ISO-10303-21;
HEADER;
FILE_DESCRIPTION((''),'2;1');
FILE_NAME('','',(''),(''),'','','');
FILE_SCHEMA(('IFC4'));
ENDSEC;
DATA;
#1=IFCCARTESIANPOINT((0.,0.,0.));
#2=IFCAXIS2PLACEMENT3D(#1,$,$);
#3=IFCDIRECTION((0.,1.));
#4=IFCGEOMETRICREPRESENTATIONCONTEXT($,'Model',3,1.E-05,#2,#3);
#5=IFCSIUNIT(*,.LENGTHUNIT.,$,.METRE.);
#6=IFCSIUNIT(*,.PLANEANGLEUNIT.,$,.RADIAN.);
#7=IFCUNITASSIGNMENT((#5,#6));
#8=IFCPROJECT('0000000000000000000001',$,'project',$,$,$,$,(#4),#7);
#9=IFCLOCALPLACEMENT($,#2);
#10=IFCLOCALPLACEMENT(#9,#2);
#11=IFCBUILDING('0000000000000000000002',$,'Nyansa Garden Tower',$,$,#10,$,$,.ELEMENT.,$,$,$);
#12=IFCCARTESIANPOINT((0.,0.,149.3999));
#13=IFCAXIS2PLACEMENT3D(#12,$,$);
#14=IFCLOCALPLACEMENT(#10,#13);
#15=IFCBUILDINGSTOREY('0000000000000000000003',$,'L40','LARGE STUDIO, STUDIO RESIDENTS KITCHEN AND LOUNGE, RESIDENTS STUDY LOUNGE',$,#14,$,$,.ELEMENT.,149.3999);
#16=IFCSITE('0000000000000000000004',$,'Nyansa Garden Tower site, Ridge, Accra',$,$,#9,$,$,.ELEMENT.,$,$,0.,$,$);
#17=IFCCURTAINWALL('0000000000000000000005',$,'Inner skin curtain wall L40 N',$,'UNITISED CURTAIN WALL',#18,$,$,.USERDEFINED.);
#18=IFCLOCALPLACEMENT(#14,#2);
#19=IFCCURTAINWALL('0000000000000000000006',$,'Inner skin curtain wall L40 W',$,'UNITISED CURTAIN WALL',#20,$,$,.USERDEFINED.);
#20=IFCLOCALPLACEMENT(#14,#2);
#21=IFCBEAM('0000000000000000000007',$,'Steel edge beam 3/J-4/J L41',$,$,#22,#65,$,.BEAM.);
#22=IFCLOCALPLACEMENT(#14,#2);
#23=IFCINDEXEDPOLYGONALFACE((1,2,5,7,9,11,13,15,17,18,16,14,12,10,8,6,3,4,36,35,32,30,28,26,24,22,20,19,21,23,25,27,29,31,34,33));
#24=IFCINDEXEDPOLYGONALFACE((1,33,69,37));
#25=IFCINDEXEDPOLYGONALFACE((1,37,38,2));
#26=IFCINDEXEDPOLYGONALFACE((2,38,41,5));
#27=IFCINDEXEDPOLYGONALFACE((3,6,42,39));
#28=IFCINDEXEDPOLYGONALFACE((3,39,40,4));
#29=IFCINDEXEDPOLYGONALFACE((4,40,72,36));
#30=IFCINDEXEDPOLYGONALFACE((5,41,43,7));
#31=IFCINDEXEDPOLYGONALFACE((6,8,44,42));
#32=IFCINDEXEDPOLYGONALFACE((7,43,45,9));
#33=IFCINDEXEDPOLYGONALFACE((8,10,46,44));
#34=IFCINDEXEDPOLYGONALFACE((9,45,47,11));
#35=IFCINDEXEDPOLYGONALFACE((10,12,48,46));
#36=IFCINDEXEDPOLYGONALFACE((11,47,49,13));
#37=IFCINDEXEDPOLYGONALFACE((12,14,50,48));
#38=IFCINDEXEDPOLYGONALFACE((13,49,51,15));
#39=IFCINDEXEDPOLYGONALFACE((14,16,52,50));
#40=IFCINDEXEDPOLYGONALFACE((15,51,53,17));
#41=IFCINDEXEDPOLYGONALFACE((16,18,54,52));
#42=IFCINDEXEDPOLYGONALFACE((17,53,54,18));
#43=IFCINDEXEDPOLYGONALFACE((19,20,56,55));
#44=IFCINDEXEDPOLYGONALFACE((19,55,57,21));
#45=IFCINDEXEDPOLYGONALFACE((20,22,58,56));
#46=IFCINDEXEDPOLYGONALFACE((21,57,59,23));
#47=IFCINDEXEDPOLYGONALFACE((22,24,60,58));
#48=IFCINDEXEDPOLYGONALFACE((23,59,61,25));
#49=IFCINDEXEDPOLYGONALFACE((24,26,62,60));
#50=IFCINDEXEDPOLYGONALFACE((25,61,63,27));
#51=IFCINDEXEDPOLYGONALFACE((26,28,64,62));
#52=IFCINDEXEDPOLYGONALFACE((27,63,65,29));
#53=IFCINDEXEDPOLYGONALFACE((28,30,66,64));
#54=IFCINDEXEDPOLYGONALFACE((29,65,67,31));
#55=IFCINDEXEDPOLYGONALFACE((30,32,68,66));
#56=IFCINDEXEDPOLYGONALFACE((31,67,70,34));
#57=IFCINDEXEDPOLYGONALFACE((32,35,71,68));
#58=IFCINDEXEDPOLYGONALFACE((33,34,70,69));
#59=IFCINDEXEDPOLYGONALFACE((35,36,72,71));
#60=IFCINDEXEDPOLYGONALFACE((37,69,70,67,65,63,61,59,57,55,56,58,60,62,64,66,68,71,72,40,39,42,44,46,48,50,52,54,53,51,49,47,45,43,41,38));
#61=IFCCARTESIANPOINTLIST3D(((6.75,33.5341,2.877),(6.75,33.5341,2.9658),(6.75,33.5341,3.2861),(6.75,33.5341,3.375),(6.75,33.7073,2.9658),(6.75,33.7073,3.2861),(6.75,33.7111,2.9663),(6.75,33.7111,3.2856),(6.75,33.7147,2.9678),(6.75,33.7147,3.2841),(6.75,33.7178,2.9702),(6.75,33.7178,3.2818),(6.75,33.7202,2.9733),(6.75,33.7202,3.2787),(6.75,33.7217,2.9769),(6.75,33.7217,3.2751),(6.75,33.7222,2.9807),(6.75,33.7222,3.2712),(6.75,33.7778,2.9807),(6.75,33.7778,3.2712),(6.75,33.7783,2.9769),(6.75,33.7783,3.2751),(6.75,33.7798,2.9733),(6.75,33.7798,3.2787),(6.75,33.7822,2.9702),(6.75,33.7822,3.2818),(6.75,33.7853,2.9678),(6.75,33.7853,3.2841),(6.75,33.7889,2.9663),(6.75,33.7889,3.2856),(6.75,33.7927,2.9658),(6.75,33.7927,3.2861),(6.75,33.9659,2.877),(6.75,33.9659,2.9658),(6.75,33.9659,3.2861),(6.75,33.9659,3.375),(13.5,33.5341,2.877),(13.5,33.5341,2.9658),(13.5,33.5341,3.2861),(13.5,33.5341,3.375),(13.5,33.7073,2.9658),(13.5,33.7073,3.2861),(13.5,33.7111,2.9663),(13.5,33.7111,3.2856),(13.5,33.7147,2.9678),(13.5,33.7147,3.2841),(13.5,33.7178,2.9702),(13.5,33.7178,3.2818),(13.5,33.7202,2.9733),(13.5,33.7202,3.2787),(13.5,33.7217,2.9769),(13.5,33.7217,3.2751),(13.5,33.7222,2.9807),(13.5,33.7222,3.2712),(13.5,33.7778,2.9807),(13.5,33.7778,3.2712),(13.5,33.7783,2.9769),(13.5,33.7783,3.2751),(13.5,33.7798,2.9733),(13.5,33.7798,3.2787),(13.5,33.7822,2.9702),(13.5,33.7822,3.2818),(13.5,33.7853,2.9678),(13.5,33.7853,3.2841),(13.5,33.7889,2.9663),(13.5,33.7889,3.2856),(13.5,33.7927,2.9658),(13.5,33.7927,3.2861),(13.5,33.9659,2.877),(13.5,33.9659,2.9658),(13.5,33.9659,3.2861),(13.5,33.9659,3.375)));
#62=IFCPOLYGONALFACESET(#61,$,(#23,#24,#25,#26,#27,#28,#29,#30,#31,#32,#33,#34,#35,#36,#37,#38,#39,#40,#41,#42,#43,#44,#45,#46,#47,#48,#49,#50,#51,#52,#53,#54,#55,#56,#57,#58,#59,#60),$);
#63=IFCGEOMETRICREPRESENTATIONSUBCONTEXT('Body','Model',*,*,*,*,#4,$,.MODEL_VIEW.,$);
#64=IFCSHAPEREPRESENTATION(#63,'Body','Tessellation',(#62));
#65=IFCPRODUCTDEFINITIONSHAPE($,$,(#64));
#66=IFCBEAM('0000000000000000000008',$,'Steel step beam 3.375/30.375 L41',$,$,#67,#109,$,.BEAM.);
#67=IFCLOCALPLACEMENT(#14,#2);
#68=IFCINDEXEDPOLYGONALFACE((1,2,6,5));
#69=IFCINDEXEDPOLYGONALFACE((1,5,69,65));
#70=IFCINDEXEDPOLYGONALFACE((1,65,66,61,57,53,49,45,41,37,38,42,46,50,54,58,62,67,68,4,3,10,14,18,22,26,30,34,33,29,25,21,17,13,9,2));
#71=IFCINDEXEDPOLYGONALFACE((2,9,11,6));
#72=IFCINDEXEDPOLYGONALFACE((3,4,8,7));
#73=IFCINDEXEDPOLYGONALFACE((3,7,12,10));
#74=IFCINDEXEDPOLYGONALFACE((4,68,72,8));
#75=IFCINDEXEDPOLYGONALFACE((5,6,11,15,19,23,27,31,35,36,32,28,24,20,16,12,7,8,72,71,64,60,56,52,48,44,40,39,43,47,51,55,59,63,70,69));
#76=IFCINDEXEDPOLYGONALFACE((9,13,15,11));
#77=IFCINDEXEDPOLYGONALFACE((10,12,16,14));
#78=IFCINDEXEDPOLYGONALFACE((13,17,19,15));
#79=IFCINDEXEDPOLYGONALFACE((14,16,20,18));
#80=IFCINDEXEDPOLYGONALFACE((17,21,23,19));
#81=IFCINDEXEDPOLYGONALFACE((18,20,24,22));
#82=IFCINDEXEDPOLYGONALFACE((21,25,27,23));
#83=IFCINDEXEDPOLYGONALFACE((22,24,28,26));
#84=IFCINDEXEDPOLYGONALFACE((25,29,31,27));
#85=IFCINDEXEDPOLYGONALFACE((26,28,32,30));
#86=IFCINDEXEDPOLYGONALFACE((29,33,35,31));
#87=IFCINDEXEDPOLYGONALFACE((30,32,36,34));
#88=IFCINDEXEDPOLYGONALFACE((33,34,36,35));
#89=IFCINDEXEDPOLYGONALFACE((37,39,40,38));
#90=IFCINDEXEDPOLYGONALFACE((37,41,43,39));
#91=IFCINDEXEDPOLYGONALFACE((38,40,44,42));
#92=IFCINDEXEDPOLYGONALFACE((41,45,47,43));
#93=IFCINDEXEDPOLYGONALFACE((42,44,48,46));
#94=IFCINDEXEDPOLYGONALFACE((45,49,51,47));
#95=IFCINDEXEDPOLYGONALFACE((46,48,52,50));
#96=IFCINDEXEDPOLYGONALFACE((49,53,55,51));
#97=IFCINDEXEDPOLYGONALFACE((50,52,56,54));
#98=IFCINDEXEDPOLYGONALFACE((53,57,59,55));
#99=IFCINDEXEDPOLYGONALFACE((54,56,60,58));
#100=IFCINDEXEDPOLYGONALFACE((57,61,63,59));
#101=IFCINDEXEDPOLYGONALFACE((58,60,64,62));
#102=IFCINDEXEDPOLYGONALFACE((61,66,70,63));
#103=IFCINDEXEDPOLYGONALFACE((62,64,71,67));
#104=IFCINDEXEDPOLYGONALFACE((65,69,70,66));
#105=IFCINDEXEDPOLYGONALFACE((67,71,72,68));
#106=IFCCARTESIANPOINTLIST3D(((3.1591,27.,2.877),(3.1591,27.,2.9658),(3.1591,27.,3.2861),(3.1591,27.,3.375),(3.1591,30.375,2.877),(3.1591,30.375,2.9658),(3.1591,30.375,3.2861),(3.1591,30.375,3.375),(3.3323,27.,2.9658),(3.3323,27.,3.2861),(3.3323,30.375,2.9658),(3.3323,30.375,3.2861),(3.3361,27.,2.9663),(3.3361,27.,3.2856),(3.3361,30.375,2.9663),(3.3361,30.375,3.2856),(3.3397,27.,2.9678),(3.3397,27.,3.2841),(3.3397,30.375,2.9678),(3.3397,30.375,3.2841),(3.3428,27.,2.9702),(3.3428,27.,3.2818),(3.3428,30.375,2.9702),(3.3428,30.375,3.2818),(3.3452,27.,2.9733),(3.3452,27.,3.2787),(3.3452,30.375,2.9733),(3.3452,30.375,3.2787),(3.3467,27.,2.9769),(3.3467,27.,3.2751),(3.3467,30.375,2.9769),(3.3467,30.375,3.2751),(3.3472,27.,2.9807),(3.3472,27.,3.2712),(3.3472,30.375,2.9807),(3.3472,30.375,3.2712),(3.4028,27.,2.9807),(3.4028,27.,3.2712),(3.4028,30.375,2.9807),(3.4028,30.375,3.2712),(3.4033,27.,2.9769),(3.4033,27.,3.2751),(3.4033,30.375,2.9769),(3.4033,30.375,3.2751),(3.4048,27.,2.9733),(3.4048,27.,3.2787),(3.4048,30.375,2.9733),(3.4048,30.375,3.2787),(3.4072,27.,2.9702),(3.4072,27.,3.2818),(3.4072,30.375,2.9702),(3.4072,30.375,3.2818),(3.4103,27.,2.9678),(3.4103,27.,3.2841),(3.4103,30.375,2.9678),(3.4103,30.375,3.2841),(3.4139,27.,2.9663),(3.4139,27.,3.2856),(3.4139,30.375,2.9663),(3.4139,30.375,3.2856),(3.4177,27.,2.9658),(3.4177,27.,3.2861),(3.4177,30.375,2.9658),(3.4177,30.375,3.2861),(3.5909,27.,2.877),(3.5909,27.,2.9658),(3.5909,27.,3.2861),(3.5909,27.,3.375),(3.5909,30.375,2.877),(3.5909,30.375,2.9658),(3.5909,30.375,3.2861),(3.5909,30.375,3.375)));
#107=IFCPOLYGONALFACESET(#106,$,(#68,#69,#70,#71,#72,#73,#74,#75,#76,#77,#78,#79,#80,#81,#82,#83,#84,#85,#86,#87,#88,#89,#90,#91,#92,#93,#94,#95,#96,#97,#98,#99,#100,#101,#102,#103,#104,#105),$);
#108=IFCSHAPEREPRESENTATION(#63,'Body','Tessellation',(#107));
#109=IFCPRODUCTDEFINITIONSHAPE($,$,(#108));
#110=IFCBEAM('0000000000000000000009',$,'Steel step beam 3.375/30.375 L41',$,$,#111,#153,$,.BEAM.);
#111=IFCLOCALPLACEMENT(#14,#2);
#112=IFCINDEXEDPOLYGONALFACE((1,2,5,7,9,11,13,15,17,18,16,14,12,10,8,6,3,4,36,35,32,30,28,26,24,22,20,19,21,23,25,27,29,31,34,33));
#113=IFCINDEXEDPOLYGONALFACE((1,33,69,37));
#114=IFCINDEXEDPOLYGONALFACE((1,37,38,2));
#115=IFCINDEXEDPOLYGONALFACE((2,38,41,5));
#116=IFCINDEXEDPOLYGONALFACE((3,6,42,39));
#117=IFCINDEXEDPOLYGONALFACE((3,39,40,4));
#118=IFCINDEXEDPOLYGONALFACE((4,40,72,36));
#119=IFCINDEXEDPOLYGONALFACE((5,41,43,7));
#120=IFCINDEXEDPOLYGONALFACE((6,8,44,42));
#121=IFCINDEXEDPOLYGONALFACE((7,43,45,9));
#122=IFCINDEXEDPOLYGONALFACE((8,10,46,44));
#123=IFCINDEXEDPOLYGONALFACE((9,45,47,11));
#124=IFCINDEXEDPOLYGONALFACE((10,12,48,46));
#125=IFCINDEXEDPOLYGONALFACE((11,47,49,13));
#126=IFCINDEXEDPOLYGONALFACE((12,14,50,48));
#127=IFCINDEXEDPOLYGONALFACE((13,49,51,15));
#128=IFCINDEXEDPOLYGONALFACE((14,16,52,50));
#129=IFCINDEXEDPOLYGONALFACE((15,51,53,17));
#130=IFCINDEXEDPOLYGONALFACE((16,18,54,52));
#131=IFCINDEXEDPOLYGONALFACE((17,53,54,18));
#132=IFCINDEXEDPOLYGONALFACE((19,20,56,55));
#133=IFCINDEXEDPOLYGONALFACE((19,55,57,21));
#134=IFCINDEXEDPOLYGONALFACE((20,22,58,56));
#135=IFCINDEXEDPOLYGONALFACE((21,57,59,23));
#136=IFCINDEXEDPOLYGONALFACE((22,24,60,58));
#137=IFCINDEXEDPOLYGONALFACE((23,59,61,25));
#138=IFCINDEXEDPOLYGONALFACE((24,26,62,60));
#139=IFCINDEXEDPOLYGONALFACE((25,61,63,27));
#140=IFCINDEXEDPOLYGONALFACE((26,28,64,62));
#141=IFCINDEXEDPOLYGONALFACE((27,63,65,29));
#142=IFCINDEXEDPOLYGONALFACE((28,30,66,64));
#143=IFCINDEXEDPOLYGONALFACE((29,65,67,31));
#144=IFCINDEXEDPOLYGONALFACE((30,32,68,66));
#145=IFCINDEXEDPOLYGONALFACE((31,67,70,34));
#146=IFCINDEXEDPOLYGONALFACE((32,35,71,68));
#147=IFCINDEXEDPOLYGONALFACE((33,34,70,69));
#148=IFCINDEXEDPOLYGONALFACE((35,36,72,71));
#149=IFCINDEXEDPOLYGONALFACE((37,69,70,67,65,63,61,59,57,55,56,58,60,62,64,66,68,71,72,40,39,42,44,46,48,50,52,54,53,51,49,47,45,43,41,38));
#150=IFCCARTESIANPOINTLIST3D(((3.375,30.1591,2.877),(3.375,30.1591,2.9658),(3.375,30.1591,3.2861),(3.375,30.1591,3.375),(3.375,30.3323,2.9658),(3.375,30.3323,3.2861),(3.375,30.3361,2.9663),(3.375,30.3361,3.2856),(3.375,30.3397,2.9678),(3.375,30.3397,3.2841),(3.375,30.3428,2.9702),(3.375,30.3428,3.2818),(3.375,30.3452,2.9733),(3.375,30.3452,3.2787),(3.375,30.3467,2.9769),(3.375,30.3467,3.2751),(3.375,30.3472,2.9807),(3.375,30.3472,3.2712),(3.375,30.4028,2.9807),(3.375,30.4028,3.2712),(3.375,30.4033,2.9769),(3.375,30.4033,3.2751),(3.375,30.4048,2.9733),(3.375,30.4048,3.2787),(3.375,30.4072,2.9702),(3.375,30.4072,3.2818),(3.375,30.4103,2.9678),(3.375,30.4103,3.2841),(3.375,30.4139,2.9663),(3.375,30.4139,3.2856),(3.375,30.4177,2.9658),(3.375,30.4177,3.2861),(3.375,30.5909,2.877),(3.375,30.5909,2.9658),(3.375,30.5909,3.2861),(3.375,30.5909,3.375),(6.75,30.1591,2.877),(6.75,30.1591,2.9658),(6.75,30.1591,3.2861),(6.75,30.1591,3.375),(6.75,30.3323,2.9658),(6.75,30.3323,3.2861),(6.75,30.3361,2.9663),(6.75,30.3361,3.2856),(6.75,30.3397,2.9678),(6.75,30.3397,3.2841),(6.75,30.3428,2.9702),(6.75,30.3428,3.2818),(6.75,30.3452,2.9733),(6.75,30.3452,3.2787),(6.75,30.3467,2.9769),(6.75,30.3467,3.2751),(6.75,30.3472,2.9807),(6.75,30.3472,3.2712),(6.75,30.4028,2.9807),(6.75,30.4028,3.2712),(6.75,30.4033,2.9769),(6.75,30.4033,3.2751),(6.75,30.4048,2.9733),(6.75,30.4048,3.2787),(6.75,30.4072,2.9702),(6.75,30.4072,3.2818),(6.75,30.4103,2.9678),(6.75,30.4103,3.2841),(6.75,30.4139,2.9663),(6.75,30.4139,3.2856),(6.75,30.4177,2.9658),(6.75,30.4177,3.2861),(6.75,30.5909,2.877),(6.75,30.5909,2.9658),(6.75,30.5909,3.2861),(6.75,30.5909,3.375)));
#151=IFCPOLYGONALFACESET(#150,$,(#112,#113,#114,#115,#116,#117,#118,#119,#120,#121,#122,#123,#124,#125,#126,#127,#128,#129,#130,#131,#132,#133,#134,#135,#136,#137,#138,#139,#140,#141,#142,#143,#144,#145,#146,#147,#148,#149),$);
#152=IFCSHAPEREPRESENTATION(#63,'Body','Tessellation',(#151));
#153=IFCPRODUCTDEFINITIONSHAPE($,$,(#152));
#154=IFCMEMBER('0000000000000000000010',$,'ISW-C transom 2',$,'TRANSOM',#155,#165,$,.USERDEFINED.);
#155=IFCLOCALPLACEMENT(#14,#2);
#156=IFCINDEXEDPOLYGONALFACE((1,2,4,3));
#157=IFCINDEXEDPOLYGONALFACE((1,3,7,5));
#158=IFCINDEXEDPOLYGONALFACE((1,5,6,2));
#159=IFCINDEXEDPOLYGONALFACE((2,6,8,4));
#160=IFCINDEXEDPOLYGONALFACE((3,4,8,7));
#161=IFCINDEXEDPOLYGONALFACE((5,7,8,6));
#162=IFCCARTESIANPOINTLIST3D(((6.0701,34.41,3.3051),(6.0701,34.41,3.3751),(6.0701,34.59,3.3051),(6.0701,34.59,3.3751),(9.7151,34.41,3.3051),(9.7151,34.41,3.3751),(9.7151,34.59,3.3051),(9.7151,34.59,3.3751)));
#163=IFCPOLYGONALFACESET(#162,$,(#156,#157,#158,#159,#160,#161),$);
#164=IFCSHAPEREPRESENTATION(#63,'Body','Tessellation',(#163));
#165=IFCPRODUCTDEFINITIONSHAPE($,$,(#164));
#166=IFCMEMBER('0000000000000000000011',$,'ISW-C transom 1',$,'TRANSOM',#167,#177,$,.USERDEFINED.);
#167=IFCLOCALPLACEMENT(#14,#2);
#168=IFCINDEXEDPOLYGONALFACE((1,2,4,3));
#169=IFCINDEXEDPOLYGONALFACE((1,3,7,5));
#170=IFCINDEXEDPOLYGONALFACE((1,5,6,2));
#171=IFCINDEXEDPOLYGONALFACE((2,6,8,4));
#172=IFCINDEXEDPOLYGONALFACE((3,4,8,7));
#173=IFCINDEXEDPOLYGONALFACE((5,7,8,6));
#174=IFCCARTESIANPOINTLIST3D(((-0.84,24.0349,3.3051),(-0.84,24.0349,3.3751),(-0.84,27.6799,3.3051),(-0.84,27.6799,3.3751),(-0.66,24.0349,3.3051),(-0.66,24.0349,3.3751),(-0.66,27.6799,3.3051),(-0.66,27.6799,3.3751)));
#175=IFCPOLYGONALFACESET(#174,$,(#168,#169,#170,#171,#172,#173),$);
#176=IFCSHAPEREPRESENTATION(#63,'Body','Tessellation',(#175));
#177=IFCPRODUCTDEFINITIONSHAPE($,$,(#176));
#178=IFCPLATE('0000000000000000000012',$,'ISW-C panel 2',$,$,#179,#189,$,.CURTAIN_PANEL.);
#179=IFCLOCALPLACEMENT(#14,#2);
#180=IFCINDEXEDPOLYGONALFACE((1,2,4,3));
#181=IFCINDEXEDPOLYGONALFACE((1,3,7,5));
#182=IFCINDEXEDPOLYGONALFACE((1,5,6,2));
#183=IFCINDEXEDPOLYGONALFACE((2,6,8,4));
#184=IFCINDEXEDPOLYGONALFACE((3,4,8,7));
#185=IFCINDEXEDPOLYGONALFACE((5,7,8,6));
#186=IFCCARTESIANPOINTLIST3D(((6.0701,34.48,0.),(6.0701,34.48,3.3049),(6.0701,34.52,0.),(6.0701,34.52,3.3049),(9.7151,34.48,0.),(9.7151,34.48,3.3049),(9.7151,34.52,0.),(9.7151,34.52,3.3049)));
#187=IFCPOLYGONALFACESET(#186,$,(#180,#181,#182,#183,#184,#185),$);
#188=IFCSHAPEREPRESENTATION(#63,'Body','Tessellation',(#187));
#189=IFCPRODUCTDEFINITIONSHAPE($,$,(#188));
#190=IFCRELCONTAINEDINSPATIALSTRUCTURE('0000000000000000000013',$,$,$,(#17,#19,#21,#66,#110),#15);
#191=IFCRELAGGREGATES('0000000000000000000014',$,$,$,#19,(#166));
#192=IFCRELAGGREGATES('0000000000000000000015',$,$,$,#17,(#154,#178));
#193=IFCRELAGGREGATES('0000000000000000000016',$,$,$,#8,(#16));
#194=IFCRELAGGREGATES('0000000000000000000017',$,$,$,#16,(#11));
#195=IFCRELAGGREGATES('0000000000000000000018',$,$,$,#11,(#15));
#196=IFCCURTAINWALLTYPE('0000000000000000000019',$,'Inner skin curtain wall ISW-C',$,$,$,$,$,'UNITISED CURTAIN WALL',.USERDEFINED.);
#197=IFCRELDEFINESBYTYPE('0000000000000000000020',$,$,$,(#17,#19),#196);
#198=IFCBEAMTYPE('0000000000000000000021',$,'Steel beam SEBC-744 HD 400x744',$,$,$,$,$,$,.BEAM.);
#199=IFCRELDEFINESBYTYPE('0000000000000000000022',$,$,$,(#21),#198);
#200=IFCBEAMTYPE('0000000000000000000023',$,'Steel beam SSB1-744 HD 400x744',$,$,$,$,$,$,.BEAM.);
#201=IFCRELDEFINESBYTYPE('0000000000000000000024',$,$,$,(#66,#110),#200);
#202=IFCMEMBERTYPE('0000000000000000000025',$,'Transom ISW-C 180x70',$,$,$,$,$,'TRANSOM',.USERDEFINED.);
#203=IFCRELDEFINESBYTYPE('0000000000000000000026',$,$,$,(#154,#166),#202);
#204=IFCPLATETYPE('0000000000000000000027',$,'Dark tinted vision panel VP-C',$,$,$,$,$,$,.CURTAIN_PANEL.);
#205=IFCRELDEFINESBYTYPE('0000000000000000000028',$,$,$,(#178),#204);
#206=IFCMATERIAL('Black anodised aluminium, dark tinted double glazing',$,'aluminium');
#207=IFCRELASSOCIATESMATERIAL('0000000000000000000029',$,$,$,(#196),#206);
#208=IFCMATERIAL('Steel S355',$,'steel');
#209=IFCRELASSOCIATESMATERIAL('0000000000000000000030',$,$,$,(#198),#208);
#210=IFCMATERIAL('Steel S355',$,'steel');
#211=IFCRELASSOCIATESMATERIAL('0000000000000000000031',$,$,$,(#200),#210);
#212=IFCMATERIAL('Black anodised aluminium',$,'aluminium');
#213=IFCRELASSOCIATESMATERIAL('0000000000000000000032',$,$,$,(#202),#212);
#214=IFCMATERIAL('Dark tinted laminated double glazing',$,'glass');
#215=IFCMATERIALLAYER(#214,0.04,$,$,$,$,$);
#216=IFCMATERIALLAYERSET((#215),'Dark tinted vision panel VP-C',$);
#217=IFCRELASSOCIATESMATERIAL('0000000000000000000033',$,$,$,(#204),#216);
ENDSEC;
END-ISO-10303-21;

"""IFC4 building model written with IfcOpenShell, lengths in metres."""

from ifc_helpers import new_model, si_unit, direction, frame, origin, origin_2d, place, context, subcontext, project, spatial, rectangle, i_section, extrude, material, layer, layer_set, material_profile, profile_set, type_object, element, aggregate, save


model = new_model("IFC4")

# Units and contexts
model_context = context("Model", 3, precision=1e-05, world=origin(), true_north=direction((0.0, 1.0)))
body_context = subcontext(model_context, "Body", "Model", "MODEL_VIEW")
ifc_project = project(units=[si_unit("LENGTHUNIT", "METRE"), si_unit("PLANEANGLEUNIT", "RADIAN")], contexts=[model_context])

# Site, building, storey
site_placement = place(None, origin())
site = spatial("IfcSite", under=ifc_project, at=site_placement, Name="Nyansa Garden Tower site, Ridge, Accra", CompositionType="ELEMENT", RefElevation=0.0)
building_placement = place(site_placement, origin())
building = spatial("IfcBuilding", under=site, at=building_placement, Name="Nyansa Garden Tower", CompositionType="ELEMENT")
storey_placement = place(building_placement, frame((0.0, 0.0, 149.3999)))
storey = spatial("IfcBuildingStorey", under=building, at=storey_placement, Name="L40", Description="LARGE STUDIO, STUDIO RESIDENTS KITCHEN AND LOUNGE, RESIDENTS STUDY LOUNGE", CompositionType="ELEMENT", Elevation=149.3999)

# Curtain wall
ifc_material_1 = material(Name="Black anodised aluminium, dark tinted double glazing", Category="aluminium")
curtain_wall_type = type_object("IfcCurtainWallType", Name="Inner skin curtain wall ISW-C", ElementType="UNITISED CURTAIN WALL", PredefinedType="USERDEFINED", material=ifc_material_1)
curtain_wall_1_placement = place(storey_placement, origin())
curtain_wall_1 = element("IfcCurtainWall", 1, at=curtain_wall_1_placement, inside=storey, type_object=curtain_wall_type, Name="Inner skin curtain wall L40 N", ObjectType="UNITISED CURTAIN WALL", PredefinedType="USERDEFINED")

# Curtain wall
curtain_wall_2_placement = place(storey_placement, origin())
curtain_wall_2 = element("IfcCurtainWall", 2, at=curtain_wall_2_placement, inside=storey, type_object=curtain_wall_type, Name="Inner skin curtain wall L40 W", ObjectType="UNITISED CURTAIN WALL", PredefinedType="USERDEFINED")

# Beams
ifc_material_2 = material(Name="Steel S355", Category="steel")
ifc_material_profile_1 = material_profile(ifc_material_2, i_section(OverallWidth=0.4319, OverallDepth=0.498, WebThickness=0.0557, FlangeThickness=0.0889, FilletRadius=0.0149, at=origin_2d()), Name="HD 400x744")
ifc_profile_set_1 = profile_set([ifc_material_profile_1], Name="Steel S355")
beam_type_1 = type_object("IfcBeamType", Name="Steel beam SEBC-744 HD 400x744", PredefinedType="BEAM", material=ifc_profile_set_1)
beam_1_placement = place(storey_placement, frame((6.75, 33.75, 3.126), z_axis=(1.0, 0.0, 0.0), x_axis=(0.0, 1.0, 0.0)))
element("IfcBeam", 3, at=beam_1_placement, inside=storey, type_object=beam_type_1, Name="Steel edge beam 3/J-4/J L41", PredefinedType="BEAM", context=body_context, shape_type="SweptSolid", body=[
    extrude(i_section(OverallWidth=0.4319, OverallDepth=0.498, WebThickness=0.0557, FlangeThickness=0.0889, FilletRadius=0.0149, at=origin_2d()), origin(), (0.0, 0.0, 1.0), 6.75),
])
ifc_material_3 = material(Name="Steel S355", Category="steel")
ifc_material_profile_2 = material_profile(ifc_material_3, i_section(OverallWidth=0.4319, OverallDepth=0.498, WebThickness=0.0557, FlangeThickness=0.0889, FilletRadius=0.0149, at=origin_2d()), Name="HD 400x744")
ifc_profile_set_2 = profile_set([ifc_material_profile_2], Name="Steel S355")
beam_type_2 = type_object("IfcBeamType", Name="Steel beam SSB1-744 HD 400x744", PredefinedType="BEAM", material=ifc_profile_set_2)
for number, where, z_axis, x_axis, name in (
    (4, (3.375, 30.375, 3.126), (0.0, -1.0, 0.0), (1.0, 0.0, 0.0), "Steel step beam 3.375/30.375 L41"),
    (5, (3.375, 30.375, 3.126), (1.0, 0.0, 0.0), (0.0, 1.0, 0.0), "Steel step beam 3.375/30.375 L41"),
):
    element("IfcBeam", number, at=place(storey_placement, frame(where, z_axis=z_axis, x_axis=x_axis)), inside=storey, type_object=beam_type_2, Name=name, PredefinedType="BEAM", context=body_context, shape_type="SweptSolid", body=[
        extrude(i_section(OverallWidth=0.4319, OverallDepth=0.498, WebThickness=0.0557, FlangeThickness=0.0889, FilletRadius=0.0149, at=origin_2d()), origin(), (0.0, 0.0, 1.0), 3.375),
    ])

# Members
ifc_material_4 = material(Name="Black anodised aluminium", Category="aluminium")
ifc_material_profile_3 = material_profile(ifc_material_4, rectangle(XDim=0.1799, YDim=0.0701, at=origin_2d()), Name="Transom 180x70")
ifc_profile_set_3 = profile_set([ifc_material_profile_3], Name="Black anodised aluminium")
member_type_1 = type_object("IfcMemberType", Name="Transom ISW-C 180x70", ElementType="TRANSOM", PredefinedType="USERDEFINED", material=ifc_profile_set_3)
member_1_placement = place(storey_placement, frame((9.7151, 34.5, 3.3401), z_axis=(-1.0, 0.0, 0.0), x_axis=(0.0, -1.0, 0.0)))
member_1 = element("IfcMember", 6, at=member_1_placement, type_object=member_type_1, Name="ISW-C transom 2", ObjectType="TRANSOM", PredefinedType="USERDEFINED", context=body_context, shape_type="SweptSolid", body=[
    extrude(rectangle(XDim=0.1799, YDim=0.0701, at=origin_2d()), origin(), (0.0, 0.0, 1.0), 3.645),
])
member_2_placement = place(storey_placement, frame((-0.75, 27.6799, 3.3401), z_axis=(0.0, -1.0, 0.0), x_axis=(1.0, 0.0, 0.0)))
member_2 = element("IfcMember", 7, at=member_2_placement, type_object=member_type_1, Name="ISW-C transom 1", ObjectType="TRANSOM", PredefinedType="USERDEFINED", context=body_context, shape_type="SweptSolid", body=[
    extrude(rectangle(XDim=0.1799, YDim=0.0701, at=origin_2d()), origin(), (0.0, 0.0, 1.0), 3.645),
])
aggregate(curtain_wall_2, [member_2])

# Plate
ifc_material_5 = material(Name="Dark tinted laminated double glazing", Category="glass")
ifc_layer_1 = layer(ifc_material_5, 0.04)
ifc_layer_set_1 = layer_set([ifc_layer_1], Name="Dark tinted vision panel VP-C")
plate_type = type_object("IfcPlateType", Name="Dark tinted vision panel VP-C", PredefinedType="CURTAIN_PANEL", material=ifc_layer_set_1)
plate_placement = place(storey_placement, frame((7.8926, 34.5, 0.0), z_axis=(0.0, 0.0, 1.0), x_axis=(-1.0, 0.0, 0.0)))
plate = element("IfcPlate", 8, at=plate_placement, type_object=plate_type, Name="ISW-C panel 2", PredefinedType="CURTAIN_PANEL", context=body_context, shape_type="SweptSolid", body=[
    extrude(rectangle(XDim=3.645, YDim=0.04, at=origin_2d()), origin(), (0.0, 0.0, 1.0), 3.3049),
])
aggregate(curtain_wall_1, [member_1, plate])

save(model, "model.ifc")
